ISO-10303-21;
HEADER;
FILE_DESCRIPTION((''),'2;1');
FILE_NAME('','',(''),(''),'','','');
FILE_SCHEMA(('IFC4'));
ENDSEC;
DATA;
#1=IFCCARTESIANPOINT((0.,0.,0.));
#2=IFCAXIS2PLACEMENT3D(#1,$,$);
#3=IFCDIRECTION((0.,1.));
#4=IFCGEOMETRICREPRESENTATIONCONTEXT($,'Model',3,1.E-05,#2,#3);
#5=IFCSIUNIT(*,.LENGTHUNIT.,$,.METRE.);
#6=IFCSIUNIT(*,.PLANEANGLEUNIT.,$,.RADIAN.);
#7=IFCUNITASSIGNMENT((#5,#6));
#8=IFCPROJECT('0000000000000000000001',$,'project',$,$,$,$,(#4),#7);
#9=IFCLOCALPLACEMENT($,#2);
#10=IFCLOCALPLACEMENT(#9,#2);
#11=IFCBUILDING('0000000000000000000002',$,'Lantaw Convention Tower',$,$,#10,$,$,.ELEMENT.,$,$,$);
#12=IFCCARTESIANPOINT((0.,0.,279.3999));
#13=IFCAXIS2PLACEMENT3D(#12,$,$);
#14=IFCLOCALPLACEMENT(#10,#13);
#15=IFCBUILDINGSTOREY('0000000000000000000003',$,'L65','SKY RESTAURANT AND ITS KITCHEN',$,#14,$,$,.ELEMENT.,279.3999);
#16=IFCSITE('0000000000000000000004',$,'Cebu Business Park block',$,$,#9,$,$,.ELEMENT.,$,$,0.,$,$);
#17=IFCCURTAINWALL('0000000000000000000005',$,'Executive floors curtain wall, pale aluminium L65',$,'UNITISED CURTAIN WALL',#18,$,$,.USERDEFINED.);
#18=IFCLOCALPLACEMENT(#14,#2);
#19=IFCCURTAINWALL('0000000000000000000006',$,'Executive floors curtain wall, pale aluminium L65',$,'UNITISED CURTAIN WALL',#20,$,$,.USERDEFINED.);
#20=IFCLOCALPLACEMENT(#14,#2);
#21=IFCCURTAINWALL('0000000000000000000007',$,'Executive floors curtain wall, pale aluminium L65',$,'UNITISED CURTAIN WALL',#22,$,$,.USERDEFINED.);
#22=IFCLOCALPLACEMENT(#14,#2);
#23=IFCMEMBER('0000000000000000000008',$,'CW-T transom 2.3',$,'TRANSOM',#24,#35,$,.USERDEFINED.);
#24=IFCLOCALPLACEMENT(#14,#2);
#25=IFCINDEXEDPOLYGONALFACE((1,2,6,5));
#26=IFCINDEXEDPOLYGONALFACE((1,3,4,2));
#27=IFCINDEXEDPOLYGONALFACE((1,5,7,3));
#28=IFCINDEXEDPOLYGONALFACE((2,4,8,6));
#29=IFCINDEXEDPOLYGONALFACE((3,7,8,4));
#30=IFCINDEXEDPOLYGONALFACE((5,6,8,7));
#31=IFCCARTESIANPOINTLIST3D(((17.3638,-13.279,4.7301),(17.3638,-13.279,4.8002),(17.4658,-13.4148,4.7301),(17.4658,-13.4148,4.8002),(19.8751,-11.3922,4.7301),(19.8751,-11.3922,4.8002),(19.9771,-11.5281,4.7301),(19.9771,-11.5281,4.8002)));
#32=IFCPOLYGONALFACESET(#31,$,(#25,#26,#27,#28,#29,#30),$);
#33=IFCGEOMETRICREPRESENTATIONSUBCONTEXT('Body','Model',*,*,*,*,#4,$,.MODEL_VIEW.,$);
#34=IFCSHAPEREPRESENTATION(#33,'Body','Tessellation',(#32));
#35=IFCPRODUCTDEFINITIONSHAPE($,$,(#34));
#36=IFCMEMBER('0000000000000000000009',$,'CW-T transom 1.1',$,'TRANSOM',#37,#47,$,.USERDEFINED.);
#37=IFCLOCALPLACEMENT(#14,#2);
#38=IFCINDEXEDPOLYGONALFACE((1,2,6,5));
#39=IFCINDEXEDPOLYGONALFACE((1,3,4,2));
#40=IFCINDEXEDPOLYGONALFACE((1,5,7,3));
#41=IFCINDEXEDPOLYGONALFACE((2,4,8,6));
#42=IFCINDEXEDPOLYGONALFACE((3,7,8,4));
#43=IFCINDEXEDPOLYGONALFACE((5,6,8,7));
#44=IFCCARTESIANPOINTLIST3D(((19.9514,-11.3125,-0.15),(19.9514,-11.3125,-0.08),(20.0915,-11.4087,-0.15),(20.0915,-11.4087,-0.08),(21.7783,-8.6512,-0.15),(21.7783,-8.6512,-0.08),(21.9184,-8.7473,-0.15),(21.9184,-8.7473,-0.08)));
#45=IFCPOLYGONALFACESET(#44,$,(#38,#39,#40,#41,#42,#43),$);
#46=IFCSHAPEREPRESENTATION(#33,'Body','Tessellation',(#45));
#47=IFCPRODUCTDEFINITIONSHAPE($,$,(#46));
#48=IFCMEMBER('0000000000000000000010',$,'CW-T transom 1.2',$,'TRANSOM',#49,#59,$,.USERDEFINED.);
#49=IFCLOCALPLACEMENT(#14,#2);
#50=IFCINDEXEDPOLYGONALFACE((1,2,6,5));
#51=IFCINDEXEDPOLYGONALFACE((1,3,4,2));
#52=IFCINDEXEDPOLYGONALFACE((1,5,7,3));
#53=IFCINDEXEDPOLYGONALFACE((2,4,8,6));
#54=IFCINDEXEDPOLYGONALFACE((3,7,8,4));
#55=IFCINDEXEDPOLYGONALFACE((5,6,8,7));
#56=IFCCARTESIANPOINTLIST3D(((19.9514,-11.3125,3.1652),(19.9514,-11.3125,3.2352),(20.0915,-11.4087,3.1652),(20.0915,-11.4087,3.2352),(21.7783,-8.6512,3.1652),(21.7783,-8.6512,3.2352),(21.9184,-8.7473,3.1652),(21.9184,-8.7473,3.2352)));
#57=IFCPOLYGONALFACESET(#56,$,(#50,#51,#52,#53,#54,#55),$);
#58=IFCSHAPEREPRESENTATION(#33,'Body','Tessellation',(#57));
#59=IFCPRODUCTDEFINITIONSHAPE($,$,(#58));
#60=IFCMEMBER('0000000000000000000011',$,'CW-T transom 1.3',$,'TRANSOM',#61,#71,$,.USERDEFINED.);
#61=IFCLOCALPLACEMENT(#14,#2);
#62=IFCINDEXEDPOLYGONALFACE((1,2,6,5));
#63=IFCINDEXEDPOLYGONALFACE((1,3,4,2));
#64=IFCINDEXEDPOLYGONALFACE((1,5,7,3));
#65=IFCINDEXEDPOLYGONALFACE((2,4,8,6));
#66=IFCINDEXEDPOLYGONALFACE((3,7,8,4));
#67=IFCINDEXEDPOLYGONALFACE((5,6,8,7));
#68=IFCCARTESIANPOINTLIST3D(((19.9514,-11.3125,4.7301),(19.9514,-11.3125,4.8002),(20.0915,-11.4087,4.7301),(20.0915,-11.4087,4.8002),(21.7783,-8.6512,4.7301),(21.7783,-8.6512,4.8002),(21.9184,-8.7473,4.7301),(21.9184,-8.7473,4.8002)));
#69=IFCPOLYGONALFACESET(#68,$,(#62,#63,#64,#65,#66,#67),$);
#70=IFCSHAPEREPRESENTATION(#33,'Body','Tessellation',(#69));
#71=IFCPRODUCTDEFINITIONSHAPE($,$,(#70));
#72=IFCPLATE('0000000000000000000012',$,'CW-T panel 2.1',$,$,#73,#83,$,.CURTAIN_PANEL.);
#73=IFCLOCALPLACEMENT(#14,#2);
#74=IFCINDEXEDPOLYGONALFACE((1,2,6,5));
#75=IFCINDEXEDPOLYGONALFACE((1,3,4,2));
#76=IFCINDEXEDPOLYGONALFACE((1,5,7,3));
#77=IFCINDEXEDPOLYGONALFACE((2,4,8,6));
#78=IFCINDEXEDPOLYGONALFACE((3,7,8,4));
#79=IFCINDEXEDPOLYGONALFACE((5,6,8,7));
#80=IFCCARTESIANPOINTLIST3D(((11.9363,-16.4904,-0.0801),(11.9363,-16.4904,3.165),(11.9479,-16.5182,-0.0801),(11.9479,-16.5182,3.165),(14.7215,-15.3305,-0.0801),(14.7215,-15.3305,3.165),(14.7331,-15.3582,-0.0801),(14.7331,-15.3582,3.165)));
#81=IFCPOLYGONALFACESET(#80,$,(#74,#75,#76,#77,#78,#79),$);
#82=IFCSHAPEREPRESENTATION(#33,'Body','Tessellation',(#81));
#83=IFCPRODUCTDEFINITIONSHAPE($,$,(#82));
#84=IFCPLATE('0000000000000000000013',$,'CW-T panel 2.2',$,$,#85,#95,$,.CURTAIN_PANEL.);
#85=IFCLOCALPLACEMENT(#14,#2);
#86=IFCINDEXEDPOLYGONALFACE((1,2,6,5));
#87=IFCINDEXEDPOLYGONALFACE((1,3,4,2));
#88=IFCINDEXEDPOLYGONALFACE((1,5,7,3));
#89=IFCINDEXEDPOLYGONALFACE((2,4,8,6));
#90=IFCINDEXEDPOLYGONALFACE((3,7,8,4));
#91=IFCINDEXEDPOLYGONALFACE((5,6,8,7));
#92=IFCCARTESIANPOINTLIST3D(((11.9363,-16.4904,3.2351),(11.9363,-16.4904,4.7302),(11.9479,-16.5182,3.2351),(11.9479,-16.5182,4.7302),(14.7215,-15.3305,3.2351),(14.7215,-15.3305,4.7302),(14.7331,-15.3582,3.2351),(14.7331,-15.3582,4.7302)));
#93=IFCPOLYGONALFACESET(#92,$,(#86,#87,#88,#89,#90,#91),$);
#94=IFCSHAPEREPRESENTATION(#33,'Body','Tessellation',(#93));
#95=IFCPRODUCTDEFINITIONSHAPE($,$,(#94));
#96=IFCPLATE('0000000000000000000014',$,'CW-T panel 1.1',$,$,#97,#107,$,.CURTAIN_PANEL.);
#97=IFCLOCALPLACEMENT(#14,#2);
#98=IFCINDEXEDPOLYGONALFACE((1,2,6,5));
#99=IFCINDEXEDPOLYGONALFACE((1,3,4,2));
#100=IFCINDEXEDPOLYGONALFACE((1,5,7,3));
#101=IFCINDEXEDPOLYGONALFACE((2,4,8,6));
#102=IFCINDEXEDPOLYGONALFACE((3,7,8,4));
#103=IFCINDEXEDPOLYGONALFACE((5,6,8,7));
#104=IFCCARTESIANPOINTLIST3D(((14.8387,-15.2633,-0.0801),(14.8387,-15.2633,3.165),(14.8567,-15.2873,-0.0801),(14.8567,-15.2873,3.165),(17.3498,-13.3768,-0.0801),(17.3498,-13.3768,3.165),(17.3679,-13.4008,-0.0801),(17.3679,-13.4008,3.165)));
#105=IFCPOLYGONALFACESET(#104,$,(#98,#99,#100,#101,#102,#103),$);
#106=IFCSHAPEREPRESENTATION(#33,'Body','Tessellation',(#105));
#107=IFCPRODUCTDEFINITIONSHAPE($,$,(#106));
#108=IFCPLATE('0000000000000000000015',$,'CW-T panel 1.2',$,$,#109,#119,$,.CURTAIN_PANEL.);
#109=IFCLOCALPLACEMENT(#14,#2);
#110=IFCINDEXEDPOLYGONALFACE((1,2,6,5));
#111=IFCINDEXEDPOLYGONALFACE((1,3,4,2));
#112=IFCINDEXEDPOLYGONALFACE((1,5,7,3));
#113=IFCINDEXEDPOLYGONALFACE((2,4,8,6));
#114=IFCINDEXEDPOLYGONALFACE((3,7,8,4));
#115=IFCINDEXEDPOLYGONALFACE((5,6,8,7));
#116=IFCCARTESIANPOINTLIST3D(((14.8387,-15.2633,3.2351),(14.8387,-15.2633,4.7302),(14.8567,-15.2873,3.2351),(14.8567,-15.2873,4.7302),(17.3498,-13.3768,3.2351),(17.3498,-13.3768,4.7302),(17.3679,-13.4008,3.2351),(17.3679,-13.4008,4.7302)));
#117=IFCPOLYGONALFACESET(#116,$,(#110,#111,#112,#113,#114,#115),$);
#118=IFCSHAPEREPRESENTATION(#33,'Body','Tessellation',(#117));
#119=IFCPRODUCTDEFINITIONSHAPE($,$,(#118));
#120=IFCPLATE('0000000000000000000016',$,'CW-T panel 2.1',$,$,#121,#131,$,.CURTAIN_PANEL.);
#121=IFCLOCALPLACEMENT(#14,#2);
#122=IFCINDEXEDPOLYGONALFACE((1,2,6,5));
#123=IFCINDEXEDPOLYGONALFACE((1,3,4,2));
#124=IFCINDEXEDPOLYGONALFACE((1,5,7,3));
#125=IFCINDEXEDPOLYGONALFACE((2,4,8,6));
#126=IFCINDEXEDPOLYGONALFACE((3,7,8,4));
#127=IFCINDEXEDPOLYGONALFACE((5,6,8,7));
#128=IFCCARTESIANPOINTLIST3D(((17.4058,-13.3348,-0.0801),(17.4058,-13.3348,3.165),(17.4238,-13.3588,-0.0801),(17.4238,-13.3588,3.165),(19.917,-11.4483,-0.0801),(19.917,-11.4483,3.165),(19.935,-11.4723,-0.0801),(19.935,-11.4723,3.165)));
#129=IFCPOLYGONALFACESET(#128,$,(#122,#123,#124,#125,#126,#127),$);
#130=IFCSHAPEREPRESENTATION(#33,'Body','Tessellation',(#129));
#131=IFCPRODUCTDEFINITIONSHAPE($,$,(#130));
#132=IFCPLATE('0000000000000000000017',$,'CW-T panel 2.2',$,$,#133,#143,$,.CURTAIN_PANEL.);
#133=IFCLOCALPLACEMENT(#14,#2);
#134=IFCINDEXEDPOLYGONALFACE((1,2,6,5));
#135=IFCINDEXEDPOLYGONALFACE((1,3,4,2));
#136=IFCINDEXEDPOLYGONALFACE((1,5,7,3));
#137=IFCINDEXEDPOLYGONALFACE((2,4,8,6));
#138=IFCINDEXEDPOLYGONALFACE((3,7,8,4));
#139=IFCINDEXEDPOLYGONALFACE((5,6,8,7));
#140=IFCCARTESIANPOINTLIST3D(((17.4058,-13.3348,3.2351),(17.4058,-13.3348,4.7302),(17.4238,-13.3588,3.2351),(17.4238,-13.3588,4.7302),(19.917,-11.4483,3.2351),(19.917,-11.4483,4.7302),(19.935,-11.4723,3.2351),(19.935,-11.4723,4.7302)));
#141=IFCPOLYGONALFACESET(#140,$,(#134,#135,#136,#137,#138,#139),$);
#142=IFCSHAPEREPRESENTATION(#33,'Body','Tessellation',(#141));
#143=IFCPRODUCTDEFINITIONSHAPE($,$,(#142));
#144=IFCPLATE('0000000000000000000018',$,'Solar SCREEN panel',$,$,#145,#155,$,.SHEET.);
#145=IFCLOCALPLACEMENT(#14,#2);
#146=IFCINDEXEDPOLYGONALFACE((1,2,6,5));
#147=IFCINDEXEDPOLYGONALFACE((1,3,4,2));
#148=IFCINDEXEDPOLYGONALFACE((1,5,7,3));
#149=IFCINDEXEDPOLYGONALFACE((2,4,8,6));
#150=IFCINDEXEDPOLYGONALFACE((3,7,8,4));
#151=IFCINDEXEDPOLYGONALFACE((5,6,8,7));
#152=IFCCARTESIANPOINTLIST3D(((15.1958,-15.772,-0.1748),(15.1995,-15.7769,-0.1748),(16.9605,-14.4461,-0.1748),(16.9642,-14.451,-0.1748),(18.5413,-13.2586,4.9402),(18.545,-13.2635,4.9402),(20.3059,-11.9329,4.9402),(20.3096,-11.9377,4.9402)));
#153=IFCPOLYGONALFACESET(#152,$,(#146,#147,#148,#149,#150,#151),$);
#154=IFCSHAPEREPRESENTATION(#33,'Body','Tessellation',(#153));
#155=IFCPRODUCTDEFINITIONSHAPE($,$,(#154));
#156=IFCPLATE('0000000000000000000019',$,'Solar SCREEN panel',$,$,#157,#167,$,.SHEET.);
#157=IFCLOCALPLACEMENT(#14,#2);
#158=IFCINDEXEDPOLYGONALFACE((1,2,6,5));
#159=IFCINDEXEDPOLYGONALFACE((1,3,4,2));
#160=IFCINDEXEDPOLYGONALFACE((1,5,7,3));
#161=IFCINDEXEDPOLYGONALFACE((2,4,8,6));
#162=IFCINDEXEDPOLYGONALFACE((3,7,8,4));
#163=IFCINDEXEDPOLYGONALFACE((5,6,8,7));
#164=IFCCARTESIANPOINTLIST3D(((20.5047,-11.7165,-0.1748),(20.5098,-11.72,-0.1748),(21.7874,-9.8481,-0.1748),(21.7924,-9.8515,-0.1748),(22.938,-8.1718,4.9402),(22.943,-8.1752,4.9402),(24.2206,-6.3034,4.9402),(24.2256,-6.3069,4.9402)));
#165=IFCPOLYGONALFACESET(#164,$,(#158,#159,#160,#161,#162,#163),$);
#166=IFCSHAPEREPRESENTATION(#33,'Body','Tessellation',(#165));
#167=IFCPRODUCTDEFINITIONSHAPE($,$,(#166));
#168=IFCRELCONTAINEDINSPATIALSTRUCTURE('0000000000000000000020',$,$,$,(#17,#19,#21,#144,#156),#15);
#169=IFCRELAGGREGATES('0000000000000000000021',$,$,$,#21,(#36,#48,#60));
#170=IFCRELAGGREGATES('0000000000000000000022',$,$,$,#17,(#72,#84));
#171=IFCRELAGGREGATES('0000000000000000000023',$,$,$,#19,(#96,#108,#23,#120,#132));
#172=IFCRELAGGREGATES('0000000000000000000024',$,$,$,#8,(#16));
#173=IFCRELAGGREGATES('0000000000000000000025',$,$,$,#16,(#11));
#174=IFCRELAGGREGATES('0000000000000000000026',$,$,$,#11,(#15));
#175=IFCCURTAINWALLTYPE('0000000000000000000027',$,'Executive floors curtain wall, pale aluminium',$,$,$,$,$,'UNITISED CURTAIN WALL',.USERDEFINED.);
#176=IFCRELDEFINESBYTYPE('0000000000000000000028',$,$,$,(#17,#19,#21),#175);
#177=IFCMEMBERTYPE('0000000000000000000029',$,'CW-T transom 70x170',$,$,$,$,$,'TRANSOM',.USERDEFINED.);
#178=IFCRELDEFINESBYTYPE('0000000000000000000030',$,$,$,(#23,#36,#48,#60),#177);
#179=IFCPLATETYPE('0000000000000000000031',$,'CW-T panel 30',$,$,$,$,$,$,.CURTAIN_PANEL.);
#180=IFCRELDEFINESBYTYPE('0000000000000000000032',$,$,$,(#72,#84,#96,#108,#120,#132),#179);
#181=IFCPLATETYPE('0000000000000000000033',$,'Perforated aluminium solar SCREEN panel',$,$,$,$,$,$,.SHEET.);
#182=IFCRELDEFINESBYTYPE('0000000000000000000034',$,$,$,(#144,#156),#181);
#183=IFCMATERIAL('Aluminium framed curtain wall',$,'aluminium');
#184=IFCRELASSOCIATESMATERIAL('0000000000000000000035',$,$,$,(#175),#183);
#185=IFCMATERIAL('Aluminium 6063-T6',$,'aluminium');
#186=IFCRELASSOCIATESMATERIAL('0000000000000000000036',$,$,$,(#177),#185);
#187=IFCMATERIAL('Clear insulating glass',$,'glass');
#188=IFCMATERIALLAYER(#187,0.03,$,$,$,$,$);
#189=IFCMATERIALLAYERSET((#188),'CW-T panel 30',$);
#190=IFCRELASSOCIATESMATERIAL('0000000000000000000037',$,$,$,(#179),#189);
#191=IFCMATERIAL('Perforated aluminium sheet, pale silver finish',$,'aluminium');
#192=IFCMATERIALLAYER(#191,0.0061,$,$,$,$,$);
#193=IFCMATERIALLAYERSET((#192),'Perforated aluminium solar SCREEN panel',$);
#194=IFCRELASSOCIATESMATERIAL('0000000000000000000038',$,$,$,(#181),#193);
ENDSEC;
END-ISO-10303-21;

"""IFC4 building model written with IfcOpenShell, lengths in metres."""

from ifc_helpers import new_model, si_unit, direction, frame, origin, origin_2d, place, context, subcontext, project, spatial, polyline, rectangle, outline, extrude, material, layer, layer_set, material_profile, profile_set, type_object, element, aggregate, save


model = new_model("IFC4")

# Units and contexts
model_context = context("Model", 3, precision=1e-05, world=origin(), true_north=direction((0.0, 1.0)))
body_context = subcontext(model_context, "Body", "Model", "MODEL_VIEW")
ifc_project = project(units=[si_unit("LENGTHUNIT", "METRE"), si_unit("PLANEANGLEUNIT", "RADIAN")], contexts=[model_context])

# Site, building, storey
site_placement = place(None, origin())
site = spatial("IfcSite", under=ifc_project, at=site_placement, Name="Cebu Business Park block", CompositionType="ELEMENT", RefElevation=0.0)
building_placement = place(site_placement, origin())
building = spatial("IfcBuilding", under=site, at=building_placement, Name="Lantaw Convention Tower", CompositionType="ELEMENT")
storey_placement = place(building_placement, frame((0.0, 0.0, 279.3999)))
storey = spatial("IfcBuildingStorey", under=building, at=storey_placement, Name="L65", Description="SKY RESTAURANT AND ITS KITCHEN", CompositionType="ELEMENT", Elevation=279.3999)

# Curtain walls
ifc_material_1 = material(Name="Aluminium framed curtain wall", Category="aluminium")
curtain_wall_type = type_object("IfcCurtainWallType", Name="Executive floors curtain wall, pale aluminium", ElementType="UNITISED CURTAIN WALL", PredefinedType="USERDEFINED", material=ifc_material_1)
curtain_wall_1_placement = place(storey_placement, origin())
curtain_wall_1 = element("IfcCurtainWall", 1, at=curtain_wall_1_placement, inside=storey, type_object=curtain_wall_type, Name="Executive floors curtain wall, pale aluminium L65", ObjectType="UNITISED CURTAIN WALL", PredefinedType="USERDEFINED")
ifc_material_2 = material(Name="Aluminium 6063-T6", Category="aluminium")
curtain_wall_2_placement = place(storey_placement, origin())
curtain_wall_2 = element("IfcCurtainWall", 2, at=curtain_wall_2_placement, inside=storey, type_object=curtain_wall_type, Name="Executive floors curtain wall, pale aluminium L65", ObjectType="UNITISED CURTAIN WALL", PredefinedType="USERDEFINED")

# Curtain wall
curtain_wall_3_placement = place(storey_placement, origin())
curtain_wall_3 = element("IfcCurtainWall", 3, at=curtain_wall_3_placement, inside=storey, type_object=curtain_wall_type, Name="Executive floors curtain wall, pale aluminium L65", ObjectType="UNITISED CURTAIN WALL", PredefinedType="USERDEFINED")

# Members
ifc_material_profile_1 = material_profile(ifc_material_2, rectangle(XDim=0.1699, YDim=0.0701, at=origin_2d()), Name="CW-T transom 70x170")
ifc_profile_set_1 = profile_set([ifc_material_profile_1], Name="Aluminium 6063-T6")
member_type_1 = type_object("IfcMemberType", Name="CW-T transom 70x170", ElementType="TRANSOM", PredefinedType="USERDEFINED", material=ifc_profile_set_1)
member_1_placement = place(storey_placement, frame((17.4148, -13.3469, 4.7651), z_axis=(0.799496, 0.600671, 0.0), x_axis=(-0.600671, 0.799496, 0.0)))
member_1 = element("IfcMember", 4, at=member_1_placement, type_object=member_type_1, Name="CW-T transom 2.3", ObjectType="TRANSOM", PredefinedType="USERDEFINED", context=body_context, shape_type="SweptSolid", body=[
    extrude(rectangle(XDim=0.1699, YDim=0.0701, at=origin_2d()), origin(), (0.0, 0.0, 1.0), 3.1411),
])
member_2_placement = place(storey_placement, frame((20.0215, -11.3606, -0.115), z_axis=(0.565941, 0.824446, 0.0), x_axis=(-0.824446, 0.565941, 0.0)))
member_2 = element("IfcMember", 5, at=member_2_placement, type_object=member_type_1, Name="CW-T transom 1.1", ObjectType="TRANSOM", PredefinedType="USERDEFINED", context=body_context, shape_type="SweptSolid", body=[
    extrude(rectangle(XDim=0.1699, YDim=0.0701, at=origin_2d()), origin(), (0.0, 0.0, 1.0), 3.228),
])
member_3_placement = place(storey_placement, frame((20.0215, -11.3606, 3.2002), z_axis=(0.565941, 0.824446, 0.0), x_axis=(-0.824446, 0.565941, 0.0)))
member_3 = element("IfcMember", 6, at=member_3_placement, type_object=member_type_1, Name="CW-T transom 1.2", ObjectType="TRANSOM", PredefinedType="USERDEFINED", context=body_context, shape_type="SweptSolid", body=[
    extrude(rectangle(XDim=0.1699, YDim=0.0701, at=origin_2d()), origin(), (0.0, 0.0, 1.0), 3.228),
])
member_4_placement = place(storey_placement, frame((20.0215, -11.3606, 4.7651), z_axis=(0.565941, 0.824446, 0.0), x_axis=(-0.824446, 0.565941, 0.0)))
member_4 = element("IfcMember", 7, at=member_4_placement, type_object=member_type_1, Name="CW-T transom 1.3", ObjectType="TRANSOM", PredefinedType="USERDEFINED", context=body_context, shape_type="SweptSolid", body=[
    extrude(rectangle(XDim=0.1699, YDim=0.0701, at=origin_2d()), origin(), (0.0, 0.0, 1.0), 3.228),
])
aggregate(curtain_wall_3, [member_2, member_3, member_4])

# Plates
ifc_material_3 = material(Name="Clear insulating glass", Category="glass")
ifc_layer_1 = layer(ifc_material_3, 0.03)
ifc_layer_set_1 = layer_set([ifc_layer_1], Name="CW-T panel 30")
plate_type_1 = type_object("IfcPlateType", Name="CW-T panel 30", PredefinedType="CURTAIN_PANEL", material=ifc_layer_set_1)
plate_1_placement = place(storey_placement, frame((13.3347, -15.9243, -0.0801), z_axis=(0.0, 0.0, 1.0), x_axis=(0.923142, 0.38446, 0.0)))
plate_1 = element("IfcPlate", 8, at=plate_1_placement, type_object=plate_type_1, Name="CW-T panel 2.1", PredefinedType="CURTAIN_PANEL", context=body_context, shape_type="SweptSolid", body=[
    extrude(rectangle(XDim=3.0171, YDim=0.03, at=origin_2d()), origin(), (0.0, 0.0, 1.0), 3.2451),
])
plate_2_placement = place(storey_placement, frame((13.3347, -15.9243, 3.2351), z_axis=(0.0, 0.0, 1.0), x_axis=(0.923142, 0.38446, 0.0)))
plate_2 = element("IfcPlate", 9, at=plate_2_placement, type_object=plate_type_1, Name="CW-T panel 2.2", PredefinedType="CURTAIN_PANEL", context=body_context, shape_type="SweptSolid", body=[
    extrude(rectangle(XDim=3.0171, YDim=0.03, at=origin_2d()), origin(), (0.0, 0.0, 1.0), 1.4951),
])
aggregate(curtain_wall_1, [plate_1, plate_2])
plate_3_placement = place(storey_placement, frame((16.1033, -14.332, -0.0801), z_axis=(0.0, 0.0, 1.0), x_axis=(0.799518, 0.600643, 0.0)))
plate_3 = element("IfcPlate", 10, at=plate_3_placement, type_object=plate_type_1, Name="CW-T panel 1.1", PredefinedType="CURTAIN_PANEL", context=body_context, shape_type="SweptSolid", body=[
    extrude(rectangle(XDim=3.1409, YDim=0.03, at=origin_2d()), origin(), (0.0, 0.0, 1.0), 3.2451),
])
plate_4_placement = place(storey_placement, frame((16.1033, -14.332, 3.2351), z_axis=(0.0, 0.0, 1.0), x_axis=(0.799518, 0.600643, 0.0)))
plate_4 = element("IfcPlate", 11, at=plate_4_placement, type_object=plate_type_1, Name="CW-T panel 1.2", PredefinedType="CURTAIN_PANEL", context=body_context, shape_type="SweptSolid", body=[
    extrude(rectangle(XDim=3.1409, YDim=0.03, at=origin_2d()), origin(), (0.0, 0.0, 1.0), 1.4951),
])
plate_5_placement = place(storey_placement, frame((18.6704, -12.4036, -0.0801), z_axis=(0.0, 0.0, 1.0), x_axis=(0.799518, 0.600643, 0.0)))
plate_5 = element("IfcPlate", 12, at=plate_5_placement, type_object=plate_type_1, Name="CW-T panel 2.1", PredefinedType="CURTAIN_PANEL", context=body_context, shape_type="SweptSolid", body=[
    extrude(rectangle(XDim=3.1409, YDim=0.03, at=origin_2d()), origin(), (0.0, 0.0, 1.0), 3.2451),
])
plate_6_placement = place(storey_placement, frame((18.6704, -12.4036, 3.2351), z_axis=(0.0, 0.0, 1.0), x_axis=(0.799518, 0.600643, 0.0)))
plate_6 = element("IfcPlate", 13, at=plate_6_placement, type_object=plate_type_1, Name="CW-T panel 2.2", PredefinedType="CURTAIN_PANEL", context=body_context, shape_type="SweptSolid", body=[
    extrude(rectangle(XDim=3.1409, YDim=0.03, at=origin_2d()), origin(), (0.0, 0.0, 1.0), 1.4951),
])
aggregate(curtain_wall_2, [plate_3, plate_4, member_1, plate_5, plate_6])

# Plates
ifc_material_4 = material(Name="Perforated aluminium sheet, pale silver finish", Category="aluminium")
ifc_layer_2 = layer(ifc_material_4, 0.0061)
ifc_layer_set_2 = layer_set([ifc_layer_2], Name="Perforated aluminium solar SCREEN panel")
plate_type_2 = type_object("IfcPlateType", Name="Perforated aluminium solar SCREEN panel", PredefinedType="SHEET", material=ifc_layer_set_2)
plate_7_placement = place(storey_placement, frame((15.1958, -15.772, -0.1748), z_axis=(-0.600672, 0.799495, 0.000029), x_axis=(0.799495, 0.600672, 0.0)))
element("IfcPlate", 14, at=plate_7_placement, inside=storey, type_object=plate_type_2, Name="Solar SCREEN panel", PredefinedType="SHEET", context=body_context, shape_type="SweptSolid", body=[
    extrude(outline(polyline([(0.0, 0.0), (2.2073, 0.0), (6.3916, -5.115), (4.1844, -5.115), (0.0, 0.0)])), origin(), (0.0, 0.0, -1.0), 0.0061),
])
plate_8_placement = place(storey_placement, frame((20.5098, -11.72, -0.1748), z_axis=(0.824441, -0.565948, 0.00001), x_axis=(0.565948, 0.824441, 0.0)))
element("IfcPlate", 15, at=plate_8_placement, inside=storey, type_object=plate_type_2, Name="Solar SCREEN panel", PredefinedType="SHEET", context=body_context, shape_type="SweptSolid", body=[
    extrude(outline(polyline([(0.0, 0.0), (2.2663, 0.0), (6.5657, 5.115), (4.2995, 5.115), (0.0, 0.0)])), origin(), (0.0, 0.0, -1.0), 0.0061),
])

save(model, "model.ifc")
